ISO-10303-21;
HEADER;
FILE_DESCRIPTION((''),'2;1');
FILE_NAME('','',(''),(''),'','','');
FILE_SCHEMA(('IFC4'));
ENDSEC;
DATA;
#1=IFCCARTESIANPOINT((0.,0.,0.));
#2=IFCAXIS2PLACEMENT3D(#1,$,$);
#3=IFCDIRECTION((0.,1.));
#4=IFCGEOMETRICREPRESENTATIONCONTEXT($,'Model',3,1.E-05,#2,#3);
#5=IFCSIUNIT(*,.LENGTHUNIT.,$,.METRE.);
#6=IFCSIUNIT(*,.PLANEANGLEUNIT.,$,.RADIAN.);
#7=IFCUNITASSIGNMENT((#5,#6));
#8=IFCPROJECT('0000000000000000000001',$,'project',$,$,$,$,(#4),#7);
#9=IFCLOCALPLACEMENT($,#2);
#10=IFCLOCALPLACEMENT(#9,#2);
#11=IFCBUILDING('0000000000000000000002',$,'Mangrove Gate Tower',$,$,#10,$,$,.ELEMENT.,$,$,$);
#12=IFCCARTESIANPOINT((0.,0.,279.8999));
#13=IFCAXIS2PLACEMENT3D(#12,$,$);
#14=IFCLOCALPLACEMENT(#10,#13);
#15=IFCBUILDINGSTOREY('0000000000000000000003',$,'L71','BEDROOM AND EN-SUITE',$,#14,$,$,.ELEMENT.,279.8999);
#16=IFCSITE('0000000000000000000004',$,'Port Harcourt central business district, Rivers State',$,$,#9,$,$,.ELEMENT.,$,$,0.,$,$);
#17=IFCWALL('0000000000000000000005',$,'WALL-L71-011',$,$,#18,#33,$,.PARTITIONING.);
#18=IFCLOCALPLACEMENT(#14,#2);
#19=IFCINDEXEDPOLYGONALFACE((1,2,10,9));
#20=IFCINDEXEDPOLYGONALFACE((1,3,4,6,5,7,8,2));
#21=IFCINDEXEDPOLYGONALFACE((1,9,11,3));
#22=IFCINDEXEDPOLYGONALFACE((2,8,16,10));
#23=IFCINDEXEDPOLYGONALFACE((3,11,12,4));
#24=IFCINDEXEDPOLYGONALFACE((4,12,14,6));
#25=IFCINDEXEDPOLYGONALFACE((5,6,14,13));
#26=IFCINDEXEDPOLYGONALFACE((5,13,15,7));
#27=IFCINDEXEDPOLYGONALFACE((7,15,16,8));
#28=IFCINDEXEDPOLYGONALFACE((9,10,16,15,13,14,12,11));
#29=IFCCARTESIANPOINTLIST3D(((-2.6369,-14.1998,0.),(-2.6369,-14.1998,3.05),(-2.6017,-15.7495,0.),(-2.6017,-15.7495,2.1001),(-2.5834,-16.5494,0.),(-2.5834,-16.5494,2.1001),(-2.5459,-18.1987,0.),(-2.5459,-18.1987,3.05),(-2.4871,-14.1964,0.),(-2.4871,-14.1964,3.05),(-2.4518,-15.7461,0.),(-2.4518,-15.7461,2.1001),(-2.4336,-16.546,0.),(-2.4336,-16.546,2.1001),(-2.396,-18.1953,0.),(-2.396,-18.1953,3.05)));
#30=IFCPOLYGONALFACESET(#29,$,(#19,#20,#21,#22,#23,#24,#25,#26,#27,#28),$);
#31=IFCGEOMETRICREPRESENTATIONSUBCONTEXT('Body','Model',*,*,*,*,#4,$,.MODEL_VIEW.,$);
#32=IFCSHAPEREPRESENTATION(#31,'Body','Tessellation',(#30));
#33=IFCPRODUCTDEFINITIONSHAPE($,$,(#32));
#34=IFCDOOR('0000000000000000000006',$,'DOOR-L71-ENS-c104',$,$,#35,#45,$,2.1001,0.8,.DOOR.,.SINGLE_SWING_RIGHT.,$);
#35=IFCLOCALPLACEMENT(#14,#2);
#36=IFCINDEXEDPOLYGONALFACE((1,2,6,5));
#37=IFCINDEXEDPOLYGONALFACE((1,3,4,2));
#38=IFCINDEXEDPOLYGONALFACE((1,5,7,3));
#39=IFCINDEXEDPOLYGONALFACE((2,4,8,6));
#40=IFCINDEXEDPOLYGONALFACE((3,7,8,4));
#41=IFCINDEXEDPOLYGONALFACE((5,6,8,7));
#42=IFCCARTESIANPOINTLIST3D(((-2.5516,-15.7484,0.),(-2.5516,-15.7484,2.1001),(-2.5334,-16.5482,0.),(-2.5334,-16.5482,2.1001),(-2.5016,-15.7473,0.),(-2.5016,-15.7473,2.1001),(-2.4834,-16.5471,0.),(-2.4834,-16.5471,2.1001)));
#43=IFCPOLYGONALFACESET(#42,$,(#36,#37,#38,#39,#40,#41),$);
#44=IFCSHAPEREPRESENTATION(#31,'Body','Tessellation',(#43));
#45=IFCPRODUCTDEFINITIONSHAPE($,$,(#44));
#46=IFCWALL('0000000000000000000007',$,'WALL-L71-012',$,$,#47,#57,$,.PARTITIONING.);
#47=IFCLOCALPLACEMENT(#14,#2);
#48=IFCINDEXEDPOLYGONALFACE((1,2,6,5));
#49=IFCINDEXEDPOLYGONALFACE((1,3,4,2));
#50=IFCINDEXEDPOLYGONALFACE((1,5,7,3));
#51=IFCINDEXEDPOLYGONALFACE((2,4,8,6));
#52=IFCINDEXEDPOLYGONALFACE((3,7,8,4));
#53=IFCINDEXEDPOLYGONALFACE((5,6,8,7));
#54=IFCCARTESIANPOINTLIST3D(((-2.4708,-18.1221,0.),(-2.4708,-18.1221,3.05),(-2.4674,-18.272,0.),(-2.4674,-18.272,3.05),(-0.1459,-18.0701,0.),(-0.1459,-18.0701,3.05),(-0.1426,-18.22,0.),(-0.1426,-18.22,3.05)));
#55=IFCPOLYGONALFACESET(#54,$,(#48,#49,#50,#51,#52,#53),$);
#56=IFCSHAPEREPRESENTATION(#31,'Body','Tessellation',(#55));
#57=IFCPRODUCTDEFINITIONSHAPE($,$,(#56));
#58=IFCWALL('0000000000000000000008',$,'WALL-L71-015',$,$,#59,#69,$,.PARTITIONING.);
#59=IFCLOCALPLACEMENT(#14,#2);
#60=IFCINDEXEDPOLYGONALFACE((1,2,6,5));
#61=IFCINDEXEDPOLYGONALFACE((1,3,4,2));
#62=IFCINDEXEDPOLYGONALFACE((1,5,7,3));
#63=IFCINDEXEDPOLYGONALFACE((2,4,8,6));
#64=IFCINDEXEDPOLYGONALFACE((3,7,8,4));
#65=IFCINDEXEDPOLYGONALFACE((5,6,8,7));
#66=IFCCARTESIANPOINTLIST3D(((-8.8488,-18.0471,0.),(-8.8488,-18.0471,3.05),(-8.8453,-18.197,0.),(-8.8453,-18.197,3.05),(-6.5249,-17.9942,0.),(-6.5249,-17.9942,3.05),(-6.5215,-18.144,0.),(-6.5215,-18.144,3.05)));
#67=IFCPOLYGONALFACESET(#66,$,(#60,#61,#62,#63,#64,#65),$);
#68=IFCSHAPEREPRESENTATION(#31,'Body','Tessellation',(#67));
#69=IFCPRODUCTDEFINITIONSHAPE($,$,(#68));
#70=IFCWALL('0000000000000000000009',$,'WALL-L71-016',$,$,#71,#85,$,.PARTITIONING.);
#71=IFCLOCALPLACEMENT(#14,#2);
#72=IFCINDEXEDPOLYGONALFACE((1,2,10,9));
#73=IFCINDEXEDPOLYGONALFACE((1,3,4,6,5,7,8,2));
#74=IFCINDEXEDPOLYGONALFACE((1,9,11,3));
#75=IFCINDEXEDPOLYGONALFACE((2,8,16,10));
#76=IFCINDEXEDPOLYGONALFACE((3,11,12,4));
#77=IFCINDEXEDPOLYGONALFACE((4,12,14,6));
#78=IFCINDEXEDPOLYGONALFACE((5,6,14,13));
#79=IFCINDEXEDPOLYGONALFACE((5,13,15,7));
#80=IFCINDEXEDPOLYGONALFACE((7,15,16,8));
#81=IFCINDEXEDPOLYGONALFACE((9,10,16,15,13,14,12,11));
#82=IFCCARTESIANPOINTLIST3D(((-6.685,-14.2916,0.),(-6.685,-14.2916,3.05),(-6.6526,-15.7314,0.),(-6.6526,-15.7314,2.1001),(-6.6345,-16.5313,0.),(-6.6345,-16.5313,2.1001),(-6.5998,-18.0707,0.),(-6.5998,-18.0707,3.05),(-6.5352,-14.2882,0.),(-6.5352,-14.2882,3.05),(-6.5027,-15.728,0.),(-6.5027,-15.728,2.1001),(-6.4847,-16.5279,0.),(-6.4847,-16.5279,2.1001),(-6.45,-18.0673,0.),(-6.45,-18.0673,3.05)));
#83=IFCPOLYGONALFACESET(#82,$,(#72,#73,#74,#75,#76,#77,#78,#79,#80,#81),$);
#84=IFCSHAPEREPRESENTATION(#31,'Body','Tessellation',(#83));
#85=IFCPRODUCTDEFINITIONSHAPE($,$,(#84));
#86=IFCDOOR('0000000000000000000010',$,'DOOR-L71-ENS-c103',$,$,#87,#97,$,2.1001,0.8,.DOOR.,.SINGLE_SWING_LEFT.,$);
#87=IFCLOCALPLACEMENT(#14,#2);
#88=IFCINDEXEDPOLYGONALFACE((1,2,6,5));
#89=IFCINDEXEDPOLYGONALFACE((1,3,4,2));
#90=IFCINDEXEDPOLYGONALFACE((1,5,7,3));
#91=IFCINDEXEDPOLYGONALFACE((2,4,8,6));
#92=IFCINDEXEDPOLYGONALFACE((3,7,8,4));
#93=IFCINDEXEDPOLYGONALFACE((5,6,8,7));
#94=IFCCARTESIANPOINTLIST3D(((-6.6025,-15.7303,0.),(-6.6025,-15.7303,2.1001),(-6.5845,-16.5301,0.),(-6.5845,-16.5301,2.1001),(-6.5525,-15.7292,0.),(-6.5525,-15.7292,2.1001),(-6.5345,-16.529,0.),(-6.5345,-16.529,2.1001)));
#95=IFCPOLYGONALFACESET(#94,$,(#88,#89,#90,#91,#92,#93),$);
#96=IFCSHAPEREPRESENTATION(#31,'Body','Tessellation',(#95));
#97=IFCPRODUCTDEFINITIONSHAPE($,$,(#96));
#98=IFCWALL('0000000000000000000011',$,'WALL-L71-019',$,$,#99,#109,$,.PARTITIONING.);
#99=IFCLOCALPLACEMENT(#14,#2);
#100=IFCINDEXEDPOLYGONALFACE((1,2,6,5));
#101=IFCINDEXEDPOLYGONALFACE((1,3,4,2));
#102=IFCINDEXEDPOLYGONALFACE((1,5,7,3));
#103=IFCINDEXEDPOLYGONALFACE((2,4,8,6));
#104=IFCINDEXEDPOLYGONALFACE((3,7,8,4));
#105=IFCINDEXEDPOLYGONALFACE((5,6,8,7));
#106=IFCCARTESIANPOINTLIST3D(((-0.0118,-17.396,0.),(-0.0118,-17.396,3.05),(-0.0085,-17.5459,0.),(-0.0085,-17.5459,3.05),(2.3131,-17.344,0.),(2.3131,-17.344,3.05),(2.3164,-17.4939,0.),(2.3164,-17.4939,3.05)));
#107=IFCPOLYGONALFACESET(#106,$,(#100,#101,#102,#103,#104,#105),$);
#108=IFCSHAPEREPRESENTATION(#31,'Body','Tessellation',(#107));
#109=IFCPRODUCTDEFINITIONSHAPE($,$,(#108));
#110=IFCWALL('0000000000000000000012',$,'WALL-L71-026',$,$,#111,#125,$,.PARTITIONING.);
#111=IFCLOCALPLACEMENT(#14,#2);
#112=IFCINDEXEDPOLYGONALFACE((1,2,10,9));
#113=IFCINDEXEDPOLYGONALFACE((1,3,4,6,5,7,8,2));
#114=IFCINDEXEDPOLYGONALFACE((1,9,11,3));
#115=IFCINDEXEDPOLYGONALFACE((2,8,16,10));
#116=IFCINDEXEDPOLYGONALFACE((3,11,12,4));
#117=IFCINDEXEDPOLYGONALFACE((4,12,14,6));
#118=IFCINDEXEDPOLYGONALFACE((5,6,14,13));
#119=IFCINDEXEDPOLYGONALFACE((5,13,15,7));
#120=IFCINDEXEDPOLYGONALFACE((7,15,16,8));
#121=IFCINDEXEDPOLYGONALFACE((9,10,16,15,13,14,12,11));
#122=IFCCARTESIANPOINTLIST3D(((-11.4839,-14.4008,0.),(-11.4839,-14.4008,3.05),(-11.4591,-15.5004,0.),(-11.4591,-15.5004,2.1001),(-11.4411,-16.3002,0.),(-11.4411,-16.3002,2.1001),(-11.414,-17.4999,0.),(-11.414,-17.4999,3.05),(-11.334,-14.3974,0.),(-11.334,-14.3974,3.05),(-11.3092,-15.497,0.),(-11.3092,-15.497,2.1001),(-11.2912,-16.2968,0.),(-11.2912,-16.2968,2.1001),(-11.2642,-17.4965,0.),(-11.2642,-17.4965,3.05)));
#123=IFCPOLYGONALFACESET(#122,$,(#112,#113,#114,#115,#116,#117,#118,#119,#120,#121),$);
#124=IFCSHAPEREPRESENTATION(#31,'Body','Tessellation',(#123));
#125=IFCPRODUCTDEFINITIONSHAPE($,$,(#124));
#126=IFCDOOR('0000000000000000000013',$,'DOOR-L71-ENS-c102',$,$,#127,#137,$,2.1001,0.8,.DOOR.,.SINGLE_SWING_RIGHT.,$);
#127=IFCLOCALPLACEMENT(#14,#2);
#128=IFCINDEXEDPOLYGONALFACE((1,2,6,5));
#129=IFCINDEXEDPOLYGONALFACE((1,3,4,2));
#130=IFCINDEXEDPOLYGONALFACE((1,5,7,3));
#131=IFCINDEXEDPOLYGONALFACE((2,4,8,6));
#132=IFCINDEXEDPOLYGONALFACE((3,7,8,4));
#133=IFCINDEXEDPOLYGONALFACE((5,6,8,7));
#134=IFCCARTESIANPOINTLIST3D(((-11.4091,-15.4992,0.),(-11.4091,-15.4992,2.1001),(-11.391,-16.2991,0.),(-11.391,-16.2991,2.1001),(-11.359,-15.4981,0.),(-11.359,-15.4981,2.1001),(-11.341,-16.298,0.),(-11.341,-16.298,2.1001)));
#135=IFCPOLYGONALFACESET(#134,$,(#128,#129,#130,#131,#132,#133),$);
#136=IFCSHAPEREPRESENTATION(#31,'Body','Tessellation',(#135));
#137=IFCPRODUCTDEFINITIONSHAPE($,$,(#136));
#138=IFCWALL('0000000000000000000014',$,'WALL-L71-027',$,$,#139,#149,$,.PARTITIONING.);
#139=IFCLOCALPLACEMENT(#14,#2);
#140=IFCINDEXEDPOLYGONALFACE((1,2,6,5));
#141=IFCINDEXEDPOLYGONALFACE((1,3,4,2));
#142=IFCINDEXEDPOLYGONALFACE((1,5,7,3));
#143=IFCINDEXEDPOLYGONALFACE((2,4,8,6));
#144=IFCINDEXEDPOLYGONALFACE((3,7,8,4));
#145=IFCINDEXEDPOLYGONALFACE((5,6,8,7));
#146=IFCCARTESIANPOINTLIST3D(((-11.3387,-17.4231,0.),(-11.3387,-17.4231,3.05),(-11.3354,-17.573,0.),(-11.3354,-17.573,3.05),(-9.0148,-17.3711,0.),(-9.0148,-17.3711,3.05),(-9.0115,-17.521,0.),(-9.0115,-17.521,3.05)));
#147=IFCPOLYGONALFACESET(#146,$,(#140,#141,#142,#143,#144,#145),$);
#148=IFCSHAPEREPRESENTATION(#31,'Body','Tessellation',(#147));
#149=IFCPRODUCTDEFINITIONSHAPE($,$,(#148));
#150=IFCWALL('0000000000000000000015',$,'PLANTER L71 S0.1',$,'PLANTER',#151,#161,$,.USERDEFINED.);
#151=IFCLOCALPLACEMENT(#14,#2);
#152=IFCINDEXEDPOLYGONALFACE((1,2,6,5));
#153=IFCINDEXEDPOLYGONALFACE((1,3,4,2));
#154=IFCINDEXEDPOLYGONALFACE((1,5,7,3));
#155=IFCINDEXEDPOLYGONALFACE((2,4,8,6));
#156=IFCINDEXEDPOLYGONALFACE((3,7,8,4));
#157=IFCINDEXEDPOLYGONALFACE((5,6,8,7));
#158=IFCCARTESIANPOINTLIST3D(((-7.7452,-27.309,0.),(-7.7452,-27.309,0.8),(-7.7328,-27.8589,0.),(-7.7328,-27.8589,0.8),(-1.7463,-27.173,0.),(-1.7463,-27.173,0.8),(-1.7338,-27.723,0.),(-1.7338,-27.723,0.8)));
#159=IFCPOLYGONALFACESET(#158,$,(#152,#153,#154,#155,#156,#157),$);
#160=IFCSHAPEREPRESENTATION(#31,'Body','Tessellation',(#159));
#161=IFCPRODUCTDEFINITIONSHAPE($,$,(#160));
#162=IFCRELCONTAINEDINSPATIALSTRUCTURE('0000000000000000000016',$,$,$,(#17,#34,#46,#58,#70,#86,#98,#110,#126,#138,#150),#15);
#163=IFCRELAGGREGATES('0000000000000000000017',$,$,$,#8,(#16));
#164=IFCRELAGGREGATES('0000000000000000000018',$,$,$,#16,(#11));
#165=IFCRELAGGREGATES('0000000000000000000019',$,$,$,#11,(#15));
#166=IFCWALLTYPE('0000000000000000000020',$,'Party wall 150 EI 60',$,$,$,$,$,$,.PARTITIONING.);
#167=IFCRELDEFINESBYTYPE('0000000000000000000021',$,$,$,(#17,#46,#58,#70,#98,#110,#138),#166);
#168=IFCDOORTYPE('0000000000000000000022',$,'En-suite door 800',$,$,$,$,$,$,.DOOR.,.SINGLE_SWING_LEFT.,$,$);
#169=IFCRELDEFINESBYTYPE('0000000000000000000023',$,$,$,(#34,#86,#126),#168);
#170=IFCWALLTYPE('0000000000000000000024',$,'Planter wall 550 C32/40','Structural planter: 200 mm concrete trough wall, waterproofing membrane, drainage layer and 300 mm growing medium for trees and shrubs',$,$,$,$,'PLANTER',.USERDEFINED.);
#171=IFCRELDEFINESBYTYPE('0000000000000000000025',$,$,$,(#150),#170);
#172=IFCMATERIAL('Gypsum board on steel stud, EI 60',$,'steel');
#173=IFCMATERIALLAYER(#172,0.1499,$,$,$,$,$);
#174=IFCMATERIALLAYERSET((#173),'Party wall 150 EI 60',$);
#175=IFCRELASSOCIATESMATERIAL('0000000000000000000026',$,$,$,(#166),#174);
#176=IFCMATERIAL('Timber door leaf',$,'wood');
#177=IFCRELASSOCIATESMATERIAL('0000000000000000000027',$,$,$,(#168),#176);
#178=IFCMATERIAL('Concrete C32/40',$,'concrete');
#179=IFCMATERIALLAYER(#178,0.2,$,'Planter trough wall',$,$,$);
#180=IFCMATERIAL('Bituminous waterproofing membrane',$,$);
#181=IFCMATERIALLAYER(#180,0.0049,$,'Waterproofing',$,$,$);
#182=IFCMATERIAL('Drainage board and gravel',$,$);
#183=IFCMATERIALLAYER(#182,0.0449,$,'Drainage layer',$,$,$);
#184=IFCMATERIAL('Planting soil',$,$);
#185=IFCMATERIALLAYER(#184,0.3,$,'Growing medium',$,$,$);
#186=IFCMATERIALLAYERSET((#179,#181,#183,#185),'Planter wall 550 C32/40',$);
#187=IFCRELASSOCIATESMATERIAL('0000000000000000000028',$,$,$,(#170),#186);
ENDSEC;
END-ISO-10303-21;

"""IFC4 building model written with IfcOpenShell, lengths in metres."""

from ifc_helpers import new_model, si_unit, direction, frame, frame_2d, origin, place, context, subcontext, project, spatial, rectangle, extrude, material, layer, layer_set, type_object, element, fill, save


model = new_model("IFC4")

# Units and contexts
model_context = context("Model", 3, precision=1e-05, world=origin(), true_north=direction((0.0, 1.0)))
body_context = subcontext(model_context, "Body", "Model", "MODEL_VIEW")
ifc_project = project(units=[si_unit("LENGTHUNIT", "METRE"), si_unit("PLANEANGLEUNIT", "RADIAN")], contexts=[model_context])

# Site, building, storey
site_placement = place(None, origin())
site = spatial("IfcSite", under=ifc_project, at=site_placement, Name="Port Harcourt central business district, Rivers State", CompositionType="ELEMENT", RefElevation=0.0)
building_placement = place(site_placement, origin())
building = spatial("IfcBuilding", under=site, at=building_placement, Name="Mangrove Gate Tower", CompositionType="ELEMENT")
storey_placement = place(building_placement, frame((0.0, 0.0, 279.8999)))
storey = spatial("IfcBuildingStorey", under=building, at=storey_placement, Name="L71", Description="BEDROOM AND EN-SUITE", CompositionType="ELEMENT", Elevation=279.8999)

# Shared definitions
ifc_material_1 = material(Name="Gypsum board on steel stud, EI 60", Category="steel")
ifc_layer_1 = layer(ifc_material_1, 0.1499)
ifc_layer_set_1 = layer_set([ifc_layer_1], Name="Party wall 150 EI 60")
wall_type_1 = type_object("IfcWallType", Name="Party wall 150 EI 60", PredefinedType="PARTITIONING", material=ifc_layer_set_1)

# Wall, opening, door
wall_1_placement = place(storey_placement, frame((-2.4709, -18.197, 0.0), z_axis=(0.0, 0.0, 1.0), x_axis=(-0.022766, 0.999741, 0.0)))
wall_1 = element("IfcWall", 1, at=wall_1_placement, inside=storey, type_object=wall_type_1, Name="WALL-L71-011", PredefinedType="PARTITIONING", context=body_context, shape_type="SweptSolid", body=[
    extrude(rectangle(XDim=4.0, YDim=0.1499, at=frame_2d((2.0, 0.0))), origin(), (0.0, 0.0, 1.0), 3.05),
])
opening_1_placement = place(wall_1_placement, frame((1.6499, 0.0, 0.0)))
opening_1 = element("IfcOpeningElement", 2, at=opening_1_placement, cuts=wall_1, PredefinedType="OPENING", context=body_context, shape_type="SweptSolid", body=[
    extrude(rectangle(XDim=0.8, YDim=2.1001, at=frame_2d((0.3999, 1.05))), frame((0.0, 0.085, 0.0), z_axis=(0.0, -1.0, 0.0), x_axis=(1.0, 0.0, 0.0)), (0.0, 0.0, 1.0), 0.1699),
])
ifc_material_2 = material(Name="Timber door leaf", Category="wood")
door_type_1 = type_object("IfcDoorType", Name="En-suite door 800", OperationType="SINGLE_SWING_LEFT", PredefinedType="DOOR", material=ifc_material_2)
door_1_placement = place(opening_1_placement, origin())
door_1 = element("IfcDoor", 3, at=door_1_placement, inside=storey, type_object=door_type_1, Name="DOOR-L71-ENS-c104", OperationType="SINGLE_SWING_RIGHT", OverallHeight=2.1001, OverallWidth=0.8, PredefinedType="DOOR", context=body_context, shape_type="SweptSolid", body=[
    extrude(rectangle(XDim=0.8, YDim=2.1001, at=frame_2d((0.3999, 1.05))), frame((0.0, 0.0249, 0.0), z_axis=(0.0, -1.0, 0.0), x_axis=(1.0, 0.0, 0.0)), (0.0, 0.0, 1.0), 0.05),
])
fill(opening_1, door_1)

# Walls
wall_2_placement = place(storey_placement, frame((-2.469, -18.197, 0.0), z_axis=(0.0, 0.0, 1.0), x_axis=(0.99975, 0.022361, 0.0)))
element("IfcWall", 4, at=wall_2_placement, inside=storey, type_object=wall_type_1, Name="WALL-L71-012", PredefinedType="PARTITIONING", context=body_context, shape_type="SweptSolid", body=[
    extrude(rectangle(XDim=2.3254, YDim=0.1499, at=frame_2d((1.1626, 0.0))), origin(), (0.0, 0.0, 1.0), 3.05),
])
wall_3_placement = place(storey_placement, frame((-8.8469, -18.1221, 0.0), z_axis=(0.0, 0.0, 1.0), x_axis=(0.99974, 0.022791, 0.0)))
element("IfcWall", 5, at=wall_3_placement, inside=storey, type_object=wall_type_1, Name="WALL-L71-015", PredefinedType="PARTITIONING", context=body_context, shape_type="SweptSolid", body=[
    extrude(rectangle(XDim=2.3245, YDim=0.1499, at=frame_2d((1.1621, 0.0))), origin(), (0.0, 0.0, 1.0), 3.05),
])

# Wall, opening, door
wall_4_placement = place(storey_placement, frame((-6.5249, -18.0691, 0.0), z_axis=(0.0, 0.0, 1.0), x_axis=(-0.022541, 0.999746, 0.0)))
wall_4 = element("IfcWall", 6, at=wall_4_placement, inside=storey, type_object=wall_type_1, Name="WALL-L71-016", PredefinedType="PARTITIONING", context=body_context, shape_type="SweptSolid", body=[
    extrude(rectangle(XDim=3.78, YDim=0.1499, at=frame_2d((1.8901, 0.0))), origin(), (0.0, 0.0, 1.0), 3.05),
])
opening_2_placement = place(wall_4_placement, frame((1.54, 0.0, 0.0)))
opening_2 = element("IfcOpeningElement", 7, at=opening_2_placement, cuts=wall_4, PredefinedType="OPENING", context=body_context, shape_type="SweptSolid", body=[
    extrude(rectangle(XDim=0.8, YDim=2.1001, at=frame_2d((0.3999, 1.05))), frame((0.0, 0.085, 0.0), z_axis=(0.0, -1.0, 0.0), x_axis=(1.0, 0.0, 0.0)), (0.0, 0.0, 1.0), 0.1699),
])
door_2_placement = place(opening_2_placement, origin())
door_2 = element("IfcDoor", 8, at=door_2_placement, inside=storey, type_object=door_type_1, Name="DOOR-L71-ENS-c103", OperationType="SINGLE_SWING_LEFT", OverallHeight=2.1001, OverallWidth=0.8, PredefinedType="DOOR", context=body_context, shape_type="SweptSolid", body=[
    extrude(rectangle(XDim=0.8, YDim=2.1001, at=frame_2d((0.3999, 1.05))), frame((0.0, 0.0249, 0.0), z_axis=(0.0, -1.0, 0.0), x_axis=(1.0, 0.0, 0.0)), (0.0, 0.0, 1.0), 0.05),
])
fill(opening_2, door_2)

# Wall
wall_5_placement = place(storey_placement, frame((-0.01, -17.4709, 0.0), z_axis=(0.0, 0.0, 1.0), x_axis=(0.99975, 0.022361, 0.0)))
element("IfcWall", 9, at=wall_5_placement, inside=storey, type_object=wall_type_1, Name="WALL-L71-019", PredefinedType="PARTITIONING", context=body_context, shape_type="SweptSolid", body=[
    extrude(rectangle(XDim=2.3254, YDim=0.1499, at=frame_2d((1.1626, 0.0))), origin(), (0.0, 0.0, 1.0), 3.05),
])

# Wall, opening, door
wall_6_placement = place(storey_placement, frame((-11.3391, -17.498, 0.0), z_axis=(0.0, 0.0, 1.0), x_axis=(-0.022525, 0.999746, 0.0)))
wall_6 = element("IfcWall", 10, at=wall_6_placement, inside=storey, type_object=wall_type_1, Name="WALL-L71-026", PredefinedType="PARTITIONING", context=body_context, shape_type="SweptSolid", body=[
    extrude(rectangle(XDim=3.0999, YDim=0.1499, at=frame_2d((1.5498, 0.0))), origin(), (0.0, 0.0, 1.0), 3.05),
])
opening_3_placement = place(wall_6_placement, frame((1.2, 0.0, 0.0)))
opening_3 = element("IfcOpeningElement", 11, at=opening_3_placement, cuts=wall_6, PredefinedType="OPENING", context=body_context, shape_type="SweptSolid", body=[
    extrude(rectangle(XDim=0.8, YDim=2.1001, at=frame_2d((0.3999, 1.05))), frame((0.0, 0.085, 0.0), z_axis=(0.0, -1.0, 0.0), x_axis=(1.0, 0.0, 0.0)), (0.0, 0.0, 1.0), 0.1699),
])
door_3_placement = place(opening_3_placement, origin())
door_3 = element("IfcDoor", 12, at=door_3_placement, inside=storey, type_object=door_type_1, Name="DOOR-L71-ENS-c102", OperationType="SINGLE_SWING_RIGHT", OverallHeight=2.1001, OverallWidth=0.8, PredefinedType="DOOR", context=body_context, shape_type="SweptSolid", body=[
    extrude(rectangle(XDim=0.8, YDim=2.1001, at=frame_2d((0.3999, 1.05))), frame((0.0, 0.0249, 0.0), z_axis=(0.0, -1.0, 0.0), x_axis=(1.0, 0.0, 0.0)), (0.0, 0.0, 1.0), 0.05),
])
fill(opening_3, door_3)

# Walls
wall_7_placement = place(storey_placement, frame((-11.3369, -17.498, 0.0), z_axis=(0.0, 0.0, 1.0), x_axis=(0.99975, 0.022371, 0.0)))
element("IfcWall", 13, at=wall_7_placement, inside=storey, type_object=wall_type_1, Name="WALL-L71-027", PredefinedType="PARTITIONING", context=body_context, shape_type="SweptSolid", body=[
    extrude(rectangle(XDim=2.3245, YDim=0.1499, at=frame_2d((1.1621, 0.0))), origin(), (0.0, 0.0, 1.0), 3.05),
])
ifc_material_3 = material(Name="Concrete C32/40", Category="concrete")
ifc_layer_2 = layer(ifc_material_3, 0.2, Name="Planter trough wall")
ifc_material_4 = material(Name="Bituminous waterproofing membrane")
ifc_layer_3 = layer(ifc_material_4, 0.0049, Name="Waterproofing")
ifc_material_5 = material(Name="Drainage board and gravel")
ifc_layer_4 = layer(ifc_material_5, 0.0449, Name="Drainage layer")
ifc_material_6 = material(Name="Planting soil")
ifc_layer_5 = layer(ifc_material_6, 0.3, Name="Growing medium")
ifc_layer_set_2 = layer_set([ifc_layer_2, ifc_layer_3, ifc_layer_4, ifc_layer_5], Name="Planter wall 550 C32/40")
wall_type_2 = type_object("IfcWallType", Name="Planter wall 550 C32/40", Description="Structural planter: 200 mm concrete trough wall, waterproofing membrane, drainage layer and 300 mm growing medium for trees and shrubs", ElementType="PLANTER", PredefinedType="USERDEFINED", material=ifc_layer_set_2)
wall_8_placement = place(storey_placement, frame((-7.739, -27.584, 0.0), z_axis=(0.0, 0.0, 1.0), x_axis=(0.999743, 0.022662, 0.0)))
element("IfcWall", 14, at=wall_8_placement, inside=storey, type_object=wall_type_2, Name="PLANTER L71 S0.1", ObjectType="PLANTER", PredefinedType="USERDEFINED", context=body_context, shape_type="SweptSolid", body=[
    extrude(rectangle(XDim=6.0005, YDim=0.55, at=frame_2d((3.0002, 0.0))), origin(), (0.0, 0.0, 1.0), 0.8),
])

save(model, "model.ifc")
